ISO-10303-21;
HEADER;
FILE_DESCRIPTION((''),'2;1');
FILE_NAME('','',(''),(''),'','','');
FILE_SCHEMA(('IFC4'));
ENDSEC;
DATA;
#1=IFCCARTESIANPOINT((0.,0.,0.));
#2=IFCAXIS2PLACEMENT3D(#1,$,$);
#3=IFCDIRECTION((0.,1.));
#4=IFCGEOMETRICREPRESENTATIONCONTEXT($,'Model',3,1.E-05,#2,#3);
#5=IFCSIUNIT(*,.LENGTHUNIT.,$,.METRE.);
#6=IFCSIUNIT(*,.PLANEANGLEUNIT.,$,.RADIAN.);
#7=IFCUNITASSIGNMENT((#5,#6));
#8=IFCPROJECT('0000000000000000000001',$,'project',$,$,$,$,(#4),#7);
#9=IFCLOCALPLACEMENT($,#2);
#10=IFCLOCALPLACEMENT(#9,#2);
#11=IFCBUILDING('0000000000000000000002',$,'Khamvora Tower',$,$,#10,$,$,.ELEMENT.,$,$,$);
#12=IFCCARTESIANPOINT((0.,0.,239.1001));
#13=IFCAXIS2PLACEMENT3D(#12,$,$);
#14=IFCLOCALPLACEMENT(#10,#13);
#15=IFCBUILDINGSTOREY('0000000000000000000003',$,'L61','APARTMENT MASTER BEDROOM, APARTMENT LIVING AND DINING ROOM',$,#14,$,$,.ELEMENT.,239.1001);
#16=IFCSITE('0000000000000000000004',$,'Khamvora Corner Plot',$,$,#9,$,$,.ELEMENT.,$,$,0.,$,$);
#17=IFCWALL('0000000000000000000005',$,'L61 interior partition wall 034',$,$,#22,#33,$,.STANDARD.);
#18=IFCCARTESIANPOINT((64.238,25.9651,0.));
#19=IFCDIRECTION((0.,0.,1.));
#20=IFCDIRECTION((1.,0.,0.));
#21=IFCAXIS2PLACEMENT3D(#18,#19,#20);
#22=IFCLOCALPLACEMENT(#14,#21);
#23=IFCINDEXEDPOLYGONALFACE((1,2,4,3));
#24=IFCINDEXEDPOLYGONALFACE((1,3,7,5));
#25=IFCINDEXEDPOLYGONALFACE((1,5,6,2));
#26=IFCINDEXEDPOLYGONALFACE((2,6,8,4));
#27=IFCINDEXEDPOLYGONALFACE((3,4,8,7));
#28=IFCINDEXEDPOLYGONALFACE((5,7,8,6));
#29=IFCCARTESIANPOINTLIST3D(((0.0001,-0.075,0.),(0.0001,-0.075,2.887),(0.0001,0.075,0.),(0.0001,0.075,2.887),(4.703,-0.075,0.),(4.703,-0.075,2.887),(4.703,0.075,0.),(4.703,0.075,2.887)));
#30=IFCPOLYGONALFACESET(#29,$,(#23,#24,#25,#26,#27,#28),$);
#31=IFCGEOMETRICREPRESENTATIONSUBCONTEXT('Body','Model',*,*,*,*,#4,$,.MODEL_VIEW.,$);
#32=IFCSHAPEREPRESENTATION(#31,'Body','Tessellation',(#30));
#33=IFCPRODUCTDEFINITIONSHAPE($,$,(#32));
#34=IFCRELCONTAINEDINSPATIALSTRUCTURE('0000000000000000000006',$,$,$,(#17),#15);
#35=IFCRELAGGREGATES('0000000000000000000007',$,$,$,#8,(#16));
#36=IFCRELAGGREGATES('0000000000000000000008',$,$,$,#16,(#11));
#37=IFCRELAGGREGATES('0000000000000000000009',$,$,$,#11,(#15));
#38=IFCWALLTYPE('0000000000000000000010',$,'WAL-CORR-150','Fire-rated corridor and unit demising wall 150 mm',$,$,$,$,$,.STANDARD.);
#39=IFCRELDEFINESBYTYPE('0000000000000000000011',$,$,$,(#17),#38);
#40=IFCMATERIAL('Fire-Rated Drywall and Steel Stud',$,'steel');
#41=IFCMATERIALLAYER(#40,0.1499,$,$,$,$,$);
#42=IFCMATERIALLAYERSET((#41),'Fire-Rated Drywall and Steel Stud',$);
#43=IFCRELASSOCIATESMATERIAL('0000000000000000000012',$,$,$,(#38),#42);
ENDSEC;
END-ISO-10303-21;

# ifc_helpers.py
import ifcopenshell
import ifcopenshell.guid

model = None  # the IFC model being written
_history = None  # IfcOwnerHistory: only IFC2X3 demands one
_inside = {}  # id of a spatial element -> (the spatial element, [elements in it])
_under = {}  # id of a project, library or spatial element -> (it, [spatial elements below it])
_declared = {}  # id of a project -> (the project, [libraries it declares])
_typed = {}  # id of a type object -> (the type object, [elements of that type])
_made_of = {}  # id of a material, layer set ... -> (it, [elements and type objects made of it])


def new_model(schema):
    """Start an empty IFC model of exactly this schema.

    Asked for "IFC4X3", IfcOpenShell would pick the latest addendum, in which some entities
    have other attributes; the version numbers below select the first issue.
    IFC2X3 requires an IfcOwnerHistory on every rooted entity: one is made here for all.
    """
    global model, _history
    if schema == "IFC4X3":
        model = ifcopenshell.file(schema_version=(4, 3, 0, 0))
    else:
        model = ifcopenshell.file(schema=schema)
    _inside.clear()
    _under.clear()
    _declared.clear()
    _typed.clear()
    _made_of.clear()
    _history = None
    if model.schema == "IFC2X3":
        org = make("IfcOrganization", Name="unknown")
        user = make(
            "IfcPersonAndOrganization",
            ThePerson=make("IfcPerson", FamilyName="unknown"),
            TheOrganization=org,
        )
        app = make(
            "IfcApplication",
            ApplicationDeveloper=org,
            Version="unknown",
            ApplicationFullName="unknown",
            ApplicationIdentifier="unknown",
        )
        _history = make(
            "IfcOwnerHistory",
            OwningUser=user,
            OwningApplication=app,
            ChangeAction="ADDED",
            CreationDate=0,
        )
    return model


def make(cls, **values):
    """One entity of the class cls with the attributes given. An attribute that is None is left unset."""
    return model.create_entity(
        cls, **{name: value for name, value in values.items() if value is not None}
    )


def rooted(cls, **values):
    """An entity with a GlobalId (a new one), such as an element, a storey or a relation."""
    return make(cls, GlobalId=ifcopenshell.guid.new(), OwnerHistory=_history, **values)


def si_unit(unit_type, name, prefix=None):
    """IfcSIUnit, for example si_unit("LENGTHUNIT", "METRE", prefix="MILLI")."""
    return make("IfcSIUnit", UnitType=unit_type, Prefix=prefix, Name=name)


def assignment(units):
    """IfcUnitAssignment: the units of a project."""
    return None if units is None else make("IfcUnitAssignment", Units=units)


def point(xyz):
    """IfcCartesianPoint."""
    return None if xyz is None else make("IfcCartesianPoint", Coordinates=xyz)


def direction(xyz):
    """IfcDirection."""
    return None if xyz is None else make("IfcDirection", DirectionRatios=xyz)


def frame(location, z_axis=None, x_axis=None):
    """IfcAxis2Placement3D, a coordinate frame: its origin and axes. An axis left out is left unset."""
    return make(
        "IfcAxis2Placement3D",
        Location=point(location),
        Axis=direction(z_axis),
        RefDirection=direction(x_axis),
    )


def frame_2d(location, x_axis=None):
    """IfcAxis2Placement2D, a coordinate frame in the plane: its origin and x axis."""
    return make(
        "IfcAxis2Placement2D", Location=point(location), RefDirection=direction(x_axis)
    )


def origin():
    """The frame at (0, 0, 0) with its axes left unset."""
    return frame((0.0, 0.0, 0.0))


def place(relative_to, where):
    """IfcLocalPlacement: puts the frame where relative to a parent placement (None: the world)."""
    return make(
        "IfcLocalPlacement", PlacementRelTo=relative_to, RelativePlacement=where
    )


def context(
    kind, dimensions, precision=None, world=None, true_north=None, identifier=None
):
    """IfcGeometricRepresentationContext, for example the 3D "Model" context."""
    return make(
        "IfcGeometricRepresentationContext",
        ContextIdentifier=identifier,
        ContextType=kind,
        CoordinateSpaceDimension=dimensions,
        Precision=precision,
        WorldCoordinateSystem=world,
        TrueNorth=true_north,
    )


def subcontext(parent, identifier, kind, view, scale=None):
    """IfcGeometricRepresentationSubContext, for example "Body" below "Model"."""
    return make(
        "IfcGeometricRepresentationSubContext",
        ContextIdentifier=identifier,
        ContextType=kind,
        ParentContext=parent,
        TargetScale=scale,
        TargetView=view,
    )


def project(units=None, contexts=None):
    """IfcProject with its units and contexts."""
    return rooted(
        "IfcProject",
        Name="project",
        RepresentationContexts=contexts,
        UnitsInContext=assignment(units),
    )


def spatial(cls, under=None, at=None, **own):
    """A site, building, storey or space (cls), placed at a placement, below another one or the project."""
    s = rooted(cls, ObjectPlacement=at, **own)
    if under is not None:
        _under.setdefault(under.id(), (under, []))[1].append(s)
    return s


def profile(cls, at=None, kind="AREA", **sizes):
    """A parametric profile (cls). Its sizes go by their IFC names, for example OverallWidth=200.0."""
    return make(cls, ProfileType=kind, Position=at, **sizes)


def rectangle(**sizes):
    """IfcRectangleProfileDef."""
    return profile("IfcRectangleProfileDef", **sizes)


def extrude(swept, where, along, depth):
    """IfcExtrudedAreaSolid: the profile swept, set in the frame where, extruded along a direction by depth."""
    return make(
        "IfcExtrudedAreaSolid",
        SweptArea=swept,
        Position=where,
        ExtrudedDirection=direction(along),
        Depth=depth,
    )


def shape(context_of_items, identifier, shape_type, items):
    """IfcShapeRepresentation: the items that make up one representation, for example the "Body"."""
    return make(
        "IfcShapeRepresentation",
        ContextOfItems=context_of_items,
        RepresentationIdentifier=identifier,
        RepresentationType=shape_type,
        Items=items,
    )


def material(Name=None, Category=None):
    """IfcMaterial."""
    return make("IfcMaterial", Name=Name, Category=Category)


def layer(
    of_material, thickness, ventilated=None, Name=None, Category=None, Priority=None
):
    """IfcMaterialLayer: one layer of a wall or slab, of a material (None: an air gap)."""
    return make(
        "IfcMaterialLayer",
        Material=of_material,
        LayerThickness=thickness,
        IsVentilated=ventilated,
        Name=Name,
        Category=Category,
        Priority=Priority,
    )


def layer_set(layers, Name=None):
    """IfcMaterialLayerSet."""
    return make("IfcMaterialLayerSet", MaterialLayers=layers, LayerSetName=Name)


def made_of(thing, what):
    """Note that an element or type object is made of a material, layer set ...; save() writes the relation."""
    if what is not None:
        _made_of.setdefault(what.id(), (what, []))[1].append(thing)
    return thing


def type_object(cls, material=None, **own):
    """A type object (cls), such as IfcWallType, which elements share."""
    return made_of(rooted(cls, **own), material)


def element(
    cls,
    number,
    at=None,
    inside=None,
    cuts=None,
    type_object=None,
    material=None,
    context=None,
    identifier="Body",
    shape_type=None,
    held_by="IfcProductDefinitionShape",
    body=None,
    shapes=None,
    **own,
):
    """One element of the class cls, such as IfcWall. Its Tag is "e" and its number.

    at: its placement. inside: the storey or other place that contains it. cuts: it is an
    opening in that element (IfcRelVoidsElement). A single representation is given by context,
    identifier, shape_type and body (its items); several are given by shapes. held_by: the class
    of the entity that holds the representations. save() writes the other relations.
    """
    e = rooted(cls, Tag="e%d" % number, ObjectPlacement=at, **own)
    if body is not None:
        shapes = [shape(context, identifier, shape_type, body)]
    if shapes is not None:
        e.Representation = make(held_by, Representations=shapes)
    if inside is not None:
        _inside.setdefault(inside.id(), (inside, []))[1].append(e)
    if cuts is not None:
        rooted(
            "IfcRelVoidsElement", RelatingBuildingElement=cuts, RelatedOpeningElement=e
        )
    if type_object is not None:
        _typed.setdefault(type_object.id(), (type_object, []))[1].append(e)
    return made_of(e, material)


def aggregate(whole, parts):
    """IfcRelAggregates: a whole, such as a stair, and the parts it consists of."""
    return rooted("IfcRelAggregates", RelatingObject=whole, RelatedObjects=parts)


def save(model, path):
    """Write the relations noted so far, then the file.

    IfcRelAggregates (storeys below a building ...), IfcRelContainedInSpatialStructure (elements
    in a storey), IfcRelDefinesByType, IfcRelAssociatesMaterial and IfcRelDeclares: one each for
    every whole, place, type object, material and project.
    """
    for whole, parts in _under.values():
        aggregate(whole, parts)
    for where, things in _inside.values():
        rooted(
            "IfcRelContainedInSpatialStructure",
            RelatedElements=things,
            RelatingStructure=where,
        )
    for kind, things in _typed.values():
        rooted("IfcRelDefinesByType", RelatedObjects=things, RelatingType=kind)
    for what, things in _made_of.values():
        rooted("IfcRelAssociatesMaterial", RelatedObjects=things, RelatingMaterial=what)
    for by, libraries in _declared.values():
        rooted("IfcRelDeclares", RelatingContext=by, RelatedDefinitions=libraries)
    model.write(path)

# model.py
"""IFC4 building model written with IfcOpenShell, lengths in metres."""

from ifc_helpers import new_model, si_unit, direction, frame, frame_2d, origin, place, context, subcontext, project, spatial, rectangle, extrude, material, layer, layer_set, type_object, element, save


model = new_model("IFC4")

# Units and contexts
model_context = context("Model", 3, precision=1e-05, world=origin(), true_north=direction((0.0, 1.0)))
body_context = subcontext(model_context, "Body", "Model", "MODEL_VIEW")
ifc_project = project(units=[si_unit("LENGTHUNIT", "METRE"), si_unit("PLANEANGLEUNIT", "RADIAN")], contexts=[model_context])

# Site, building, storey
site_placement = place(None, origin())
site = spatial("IfcSite", under=ifc_project, at=site_placement, Name="Khamvora Corner Plot", CompositionType="ELEMENT", RefElevation=0.0)
building_placement = place(site_placement, origin())
building = spatial("IfcBuilding", under=site, at=building_placement, Name="Khamvora Tower", CompositionType="ELEMENT")
storey_placement = place(building_placement, frame((0.0, 0.0, 239.1001)))
storey = spatial("IfcBuildingStorey", under=building, at=storey_placement, Name="L61", Description="APARTMENT MASTER BEDROOM, APARTMENT LIVING AND DINING ROOM", CompositionType="ELEMENT", Elevation=239.1001)

# Wall
ifc_material_1 = material(Name="Fire-Rated Drywall and Steel Stud", Category="steel")
ifc_layer_1 = layer(ifc_material_1, 0.1499)
ifc_layer_set_1 = layer_set([ifc_layer_1], Name="Fire-Rated Drywall and Steel Stud")
wall_type_1 = type_object("IfcWallType", Name="WAL-CORR-150", Description="Fire-rated corridor and unit demising wall 150 mm", PredefinedType="STANDARD", material=ifc_layer_set_1)
wall_1_placement = place(storey_placement, frame((64.238, 25.9651, 0.0), z_axis=(0.0, 0.0, 1.0), x_axis=(1.0, 0.0, 0.0)))
element("IfcWall", 1, at=wall_1_placement, inside=storey, type_object=wall_type_1, Name="L61 interior partition wall 034", PredefinedType="STANDARD", context=body_context, shape_type="SweptSolid", body=[
    extrude(rectangle(XDim=4.7029, YDim=0.1499, at=frame_2d((2.3516, 0.0))), origin(), (0.0, 0.0, 1.0), 2.887),
])

save(model, "model.ifc")
